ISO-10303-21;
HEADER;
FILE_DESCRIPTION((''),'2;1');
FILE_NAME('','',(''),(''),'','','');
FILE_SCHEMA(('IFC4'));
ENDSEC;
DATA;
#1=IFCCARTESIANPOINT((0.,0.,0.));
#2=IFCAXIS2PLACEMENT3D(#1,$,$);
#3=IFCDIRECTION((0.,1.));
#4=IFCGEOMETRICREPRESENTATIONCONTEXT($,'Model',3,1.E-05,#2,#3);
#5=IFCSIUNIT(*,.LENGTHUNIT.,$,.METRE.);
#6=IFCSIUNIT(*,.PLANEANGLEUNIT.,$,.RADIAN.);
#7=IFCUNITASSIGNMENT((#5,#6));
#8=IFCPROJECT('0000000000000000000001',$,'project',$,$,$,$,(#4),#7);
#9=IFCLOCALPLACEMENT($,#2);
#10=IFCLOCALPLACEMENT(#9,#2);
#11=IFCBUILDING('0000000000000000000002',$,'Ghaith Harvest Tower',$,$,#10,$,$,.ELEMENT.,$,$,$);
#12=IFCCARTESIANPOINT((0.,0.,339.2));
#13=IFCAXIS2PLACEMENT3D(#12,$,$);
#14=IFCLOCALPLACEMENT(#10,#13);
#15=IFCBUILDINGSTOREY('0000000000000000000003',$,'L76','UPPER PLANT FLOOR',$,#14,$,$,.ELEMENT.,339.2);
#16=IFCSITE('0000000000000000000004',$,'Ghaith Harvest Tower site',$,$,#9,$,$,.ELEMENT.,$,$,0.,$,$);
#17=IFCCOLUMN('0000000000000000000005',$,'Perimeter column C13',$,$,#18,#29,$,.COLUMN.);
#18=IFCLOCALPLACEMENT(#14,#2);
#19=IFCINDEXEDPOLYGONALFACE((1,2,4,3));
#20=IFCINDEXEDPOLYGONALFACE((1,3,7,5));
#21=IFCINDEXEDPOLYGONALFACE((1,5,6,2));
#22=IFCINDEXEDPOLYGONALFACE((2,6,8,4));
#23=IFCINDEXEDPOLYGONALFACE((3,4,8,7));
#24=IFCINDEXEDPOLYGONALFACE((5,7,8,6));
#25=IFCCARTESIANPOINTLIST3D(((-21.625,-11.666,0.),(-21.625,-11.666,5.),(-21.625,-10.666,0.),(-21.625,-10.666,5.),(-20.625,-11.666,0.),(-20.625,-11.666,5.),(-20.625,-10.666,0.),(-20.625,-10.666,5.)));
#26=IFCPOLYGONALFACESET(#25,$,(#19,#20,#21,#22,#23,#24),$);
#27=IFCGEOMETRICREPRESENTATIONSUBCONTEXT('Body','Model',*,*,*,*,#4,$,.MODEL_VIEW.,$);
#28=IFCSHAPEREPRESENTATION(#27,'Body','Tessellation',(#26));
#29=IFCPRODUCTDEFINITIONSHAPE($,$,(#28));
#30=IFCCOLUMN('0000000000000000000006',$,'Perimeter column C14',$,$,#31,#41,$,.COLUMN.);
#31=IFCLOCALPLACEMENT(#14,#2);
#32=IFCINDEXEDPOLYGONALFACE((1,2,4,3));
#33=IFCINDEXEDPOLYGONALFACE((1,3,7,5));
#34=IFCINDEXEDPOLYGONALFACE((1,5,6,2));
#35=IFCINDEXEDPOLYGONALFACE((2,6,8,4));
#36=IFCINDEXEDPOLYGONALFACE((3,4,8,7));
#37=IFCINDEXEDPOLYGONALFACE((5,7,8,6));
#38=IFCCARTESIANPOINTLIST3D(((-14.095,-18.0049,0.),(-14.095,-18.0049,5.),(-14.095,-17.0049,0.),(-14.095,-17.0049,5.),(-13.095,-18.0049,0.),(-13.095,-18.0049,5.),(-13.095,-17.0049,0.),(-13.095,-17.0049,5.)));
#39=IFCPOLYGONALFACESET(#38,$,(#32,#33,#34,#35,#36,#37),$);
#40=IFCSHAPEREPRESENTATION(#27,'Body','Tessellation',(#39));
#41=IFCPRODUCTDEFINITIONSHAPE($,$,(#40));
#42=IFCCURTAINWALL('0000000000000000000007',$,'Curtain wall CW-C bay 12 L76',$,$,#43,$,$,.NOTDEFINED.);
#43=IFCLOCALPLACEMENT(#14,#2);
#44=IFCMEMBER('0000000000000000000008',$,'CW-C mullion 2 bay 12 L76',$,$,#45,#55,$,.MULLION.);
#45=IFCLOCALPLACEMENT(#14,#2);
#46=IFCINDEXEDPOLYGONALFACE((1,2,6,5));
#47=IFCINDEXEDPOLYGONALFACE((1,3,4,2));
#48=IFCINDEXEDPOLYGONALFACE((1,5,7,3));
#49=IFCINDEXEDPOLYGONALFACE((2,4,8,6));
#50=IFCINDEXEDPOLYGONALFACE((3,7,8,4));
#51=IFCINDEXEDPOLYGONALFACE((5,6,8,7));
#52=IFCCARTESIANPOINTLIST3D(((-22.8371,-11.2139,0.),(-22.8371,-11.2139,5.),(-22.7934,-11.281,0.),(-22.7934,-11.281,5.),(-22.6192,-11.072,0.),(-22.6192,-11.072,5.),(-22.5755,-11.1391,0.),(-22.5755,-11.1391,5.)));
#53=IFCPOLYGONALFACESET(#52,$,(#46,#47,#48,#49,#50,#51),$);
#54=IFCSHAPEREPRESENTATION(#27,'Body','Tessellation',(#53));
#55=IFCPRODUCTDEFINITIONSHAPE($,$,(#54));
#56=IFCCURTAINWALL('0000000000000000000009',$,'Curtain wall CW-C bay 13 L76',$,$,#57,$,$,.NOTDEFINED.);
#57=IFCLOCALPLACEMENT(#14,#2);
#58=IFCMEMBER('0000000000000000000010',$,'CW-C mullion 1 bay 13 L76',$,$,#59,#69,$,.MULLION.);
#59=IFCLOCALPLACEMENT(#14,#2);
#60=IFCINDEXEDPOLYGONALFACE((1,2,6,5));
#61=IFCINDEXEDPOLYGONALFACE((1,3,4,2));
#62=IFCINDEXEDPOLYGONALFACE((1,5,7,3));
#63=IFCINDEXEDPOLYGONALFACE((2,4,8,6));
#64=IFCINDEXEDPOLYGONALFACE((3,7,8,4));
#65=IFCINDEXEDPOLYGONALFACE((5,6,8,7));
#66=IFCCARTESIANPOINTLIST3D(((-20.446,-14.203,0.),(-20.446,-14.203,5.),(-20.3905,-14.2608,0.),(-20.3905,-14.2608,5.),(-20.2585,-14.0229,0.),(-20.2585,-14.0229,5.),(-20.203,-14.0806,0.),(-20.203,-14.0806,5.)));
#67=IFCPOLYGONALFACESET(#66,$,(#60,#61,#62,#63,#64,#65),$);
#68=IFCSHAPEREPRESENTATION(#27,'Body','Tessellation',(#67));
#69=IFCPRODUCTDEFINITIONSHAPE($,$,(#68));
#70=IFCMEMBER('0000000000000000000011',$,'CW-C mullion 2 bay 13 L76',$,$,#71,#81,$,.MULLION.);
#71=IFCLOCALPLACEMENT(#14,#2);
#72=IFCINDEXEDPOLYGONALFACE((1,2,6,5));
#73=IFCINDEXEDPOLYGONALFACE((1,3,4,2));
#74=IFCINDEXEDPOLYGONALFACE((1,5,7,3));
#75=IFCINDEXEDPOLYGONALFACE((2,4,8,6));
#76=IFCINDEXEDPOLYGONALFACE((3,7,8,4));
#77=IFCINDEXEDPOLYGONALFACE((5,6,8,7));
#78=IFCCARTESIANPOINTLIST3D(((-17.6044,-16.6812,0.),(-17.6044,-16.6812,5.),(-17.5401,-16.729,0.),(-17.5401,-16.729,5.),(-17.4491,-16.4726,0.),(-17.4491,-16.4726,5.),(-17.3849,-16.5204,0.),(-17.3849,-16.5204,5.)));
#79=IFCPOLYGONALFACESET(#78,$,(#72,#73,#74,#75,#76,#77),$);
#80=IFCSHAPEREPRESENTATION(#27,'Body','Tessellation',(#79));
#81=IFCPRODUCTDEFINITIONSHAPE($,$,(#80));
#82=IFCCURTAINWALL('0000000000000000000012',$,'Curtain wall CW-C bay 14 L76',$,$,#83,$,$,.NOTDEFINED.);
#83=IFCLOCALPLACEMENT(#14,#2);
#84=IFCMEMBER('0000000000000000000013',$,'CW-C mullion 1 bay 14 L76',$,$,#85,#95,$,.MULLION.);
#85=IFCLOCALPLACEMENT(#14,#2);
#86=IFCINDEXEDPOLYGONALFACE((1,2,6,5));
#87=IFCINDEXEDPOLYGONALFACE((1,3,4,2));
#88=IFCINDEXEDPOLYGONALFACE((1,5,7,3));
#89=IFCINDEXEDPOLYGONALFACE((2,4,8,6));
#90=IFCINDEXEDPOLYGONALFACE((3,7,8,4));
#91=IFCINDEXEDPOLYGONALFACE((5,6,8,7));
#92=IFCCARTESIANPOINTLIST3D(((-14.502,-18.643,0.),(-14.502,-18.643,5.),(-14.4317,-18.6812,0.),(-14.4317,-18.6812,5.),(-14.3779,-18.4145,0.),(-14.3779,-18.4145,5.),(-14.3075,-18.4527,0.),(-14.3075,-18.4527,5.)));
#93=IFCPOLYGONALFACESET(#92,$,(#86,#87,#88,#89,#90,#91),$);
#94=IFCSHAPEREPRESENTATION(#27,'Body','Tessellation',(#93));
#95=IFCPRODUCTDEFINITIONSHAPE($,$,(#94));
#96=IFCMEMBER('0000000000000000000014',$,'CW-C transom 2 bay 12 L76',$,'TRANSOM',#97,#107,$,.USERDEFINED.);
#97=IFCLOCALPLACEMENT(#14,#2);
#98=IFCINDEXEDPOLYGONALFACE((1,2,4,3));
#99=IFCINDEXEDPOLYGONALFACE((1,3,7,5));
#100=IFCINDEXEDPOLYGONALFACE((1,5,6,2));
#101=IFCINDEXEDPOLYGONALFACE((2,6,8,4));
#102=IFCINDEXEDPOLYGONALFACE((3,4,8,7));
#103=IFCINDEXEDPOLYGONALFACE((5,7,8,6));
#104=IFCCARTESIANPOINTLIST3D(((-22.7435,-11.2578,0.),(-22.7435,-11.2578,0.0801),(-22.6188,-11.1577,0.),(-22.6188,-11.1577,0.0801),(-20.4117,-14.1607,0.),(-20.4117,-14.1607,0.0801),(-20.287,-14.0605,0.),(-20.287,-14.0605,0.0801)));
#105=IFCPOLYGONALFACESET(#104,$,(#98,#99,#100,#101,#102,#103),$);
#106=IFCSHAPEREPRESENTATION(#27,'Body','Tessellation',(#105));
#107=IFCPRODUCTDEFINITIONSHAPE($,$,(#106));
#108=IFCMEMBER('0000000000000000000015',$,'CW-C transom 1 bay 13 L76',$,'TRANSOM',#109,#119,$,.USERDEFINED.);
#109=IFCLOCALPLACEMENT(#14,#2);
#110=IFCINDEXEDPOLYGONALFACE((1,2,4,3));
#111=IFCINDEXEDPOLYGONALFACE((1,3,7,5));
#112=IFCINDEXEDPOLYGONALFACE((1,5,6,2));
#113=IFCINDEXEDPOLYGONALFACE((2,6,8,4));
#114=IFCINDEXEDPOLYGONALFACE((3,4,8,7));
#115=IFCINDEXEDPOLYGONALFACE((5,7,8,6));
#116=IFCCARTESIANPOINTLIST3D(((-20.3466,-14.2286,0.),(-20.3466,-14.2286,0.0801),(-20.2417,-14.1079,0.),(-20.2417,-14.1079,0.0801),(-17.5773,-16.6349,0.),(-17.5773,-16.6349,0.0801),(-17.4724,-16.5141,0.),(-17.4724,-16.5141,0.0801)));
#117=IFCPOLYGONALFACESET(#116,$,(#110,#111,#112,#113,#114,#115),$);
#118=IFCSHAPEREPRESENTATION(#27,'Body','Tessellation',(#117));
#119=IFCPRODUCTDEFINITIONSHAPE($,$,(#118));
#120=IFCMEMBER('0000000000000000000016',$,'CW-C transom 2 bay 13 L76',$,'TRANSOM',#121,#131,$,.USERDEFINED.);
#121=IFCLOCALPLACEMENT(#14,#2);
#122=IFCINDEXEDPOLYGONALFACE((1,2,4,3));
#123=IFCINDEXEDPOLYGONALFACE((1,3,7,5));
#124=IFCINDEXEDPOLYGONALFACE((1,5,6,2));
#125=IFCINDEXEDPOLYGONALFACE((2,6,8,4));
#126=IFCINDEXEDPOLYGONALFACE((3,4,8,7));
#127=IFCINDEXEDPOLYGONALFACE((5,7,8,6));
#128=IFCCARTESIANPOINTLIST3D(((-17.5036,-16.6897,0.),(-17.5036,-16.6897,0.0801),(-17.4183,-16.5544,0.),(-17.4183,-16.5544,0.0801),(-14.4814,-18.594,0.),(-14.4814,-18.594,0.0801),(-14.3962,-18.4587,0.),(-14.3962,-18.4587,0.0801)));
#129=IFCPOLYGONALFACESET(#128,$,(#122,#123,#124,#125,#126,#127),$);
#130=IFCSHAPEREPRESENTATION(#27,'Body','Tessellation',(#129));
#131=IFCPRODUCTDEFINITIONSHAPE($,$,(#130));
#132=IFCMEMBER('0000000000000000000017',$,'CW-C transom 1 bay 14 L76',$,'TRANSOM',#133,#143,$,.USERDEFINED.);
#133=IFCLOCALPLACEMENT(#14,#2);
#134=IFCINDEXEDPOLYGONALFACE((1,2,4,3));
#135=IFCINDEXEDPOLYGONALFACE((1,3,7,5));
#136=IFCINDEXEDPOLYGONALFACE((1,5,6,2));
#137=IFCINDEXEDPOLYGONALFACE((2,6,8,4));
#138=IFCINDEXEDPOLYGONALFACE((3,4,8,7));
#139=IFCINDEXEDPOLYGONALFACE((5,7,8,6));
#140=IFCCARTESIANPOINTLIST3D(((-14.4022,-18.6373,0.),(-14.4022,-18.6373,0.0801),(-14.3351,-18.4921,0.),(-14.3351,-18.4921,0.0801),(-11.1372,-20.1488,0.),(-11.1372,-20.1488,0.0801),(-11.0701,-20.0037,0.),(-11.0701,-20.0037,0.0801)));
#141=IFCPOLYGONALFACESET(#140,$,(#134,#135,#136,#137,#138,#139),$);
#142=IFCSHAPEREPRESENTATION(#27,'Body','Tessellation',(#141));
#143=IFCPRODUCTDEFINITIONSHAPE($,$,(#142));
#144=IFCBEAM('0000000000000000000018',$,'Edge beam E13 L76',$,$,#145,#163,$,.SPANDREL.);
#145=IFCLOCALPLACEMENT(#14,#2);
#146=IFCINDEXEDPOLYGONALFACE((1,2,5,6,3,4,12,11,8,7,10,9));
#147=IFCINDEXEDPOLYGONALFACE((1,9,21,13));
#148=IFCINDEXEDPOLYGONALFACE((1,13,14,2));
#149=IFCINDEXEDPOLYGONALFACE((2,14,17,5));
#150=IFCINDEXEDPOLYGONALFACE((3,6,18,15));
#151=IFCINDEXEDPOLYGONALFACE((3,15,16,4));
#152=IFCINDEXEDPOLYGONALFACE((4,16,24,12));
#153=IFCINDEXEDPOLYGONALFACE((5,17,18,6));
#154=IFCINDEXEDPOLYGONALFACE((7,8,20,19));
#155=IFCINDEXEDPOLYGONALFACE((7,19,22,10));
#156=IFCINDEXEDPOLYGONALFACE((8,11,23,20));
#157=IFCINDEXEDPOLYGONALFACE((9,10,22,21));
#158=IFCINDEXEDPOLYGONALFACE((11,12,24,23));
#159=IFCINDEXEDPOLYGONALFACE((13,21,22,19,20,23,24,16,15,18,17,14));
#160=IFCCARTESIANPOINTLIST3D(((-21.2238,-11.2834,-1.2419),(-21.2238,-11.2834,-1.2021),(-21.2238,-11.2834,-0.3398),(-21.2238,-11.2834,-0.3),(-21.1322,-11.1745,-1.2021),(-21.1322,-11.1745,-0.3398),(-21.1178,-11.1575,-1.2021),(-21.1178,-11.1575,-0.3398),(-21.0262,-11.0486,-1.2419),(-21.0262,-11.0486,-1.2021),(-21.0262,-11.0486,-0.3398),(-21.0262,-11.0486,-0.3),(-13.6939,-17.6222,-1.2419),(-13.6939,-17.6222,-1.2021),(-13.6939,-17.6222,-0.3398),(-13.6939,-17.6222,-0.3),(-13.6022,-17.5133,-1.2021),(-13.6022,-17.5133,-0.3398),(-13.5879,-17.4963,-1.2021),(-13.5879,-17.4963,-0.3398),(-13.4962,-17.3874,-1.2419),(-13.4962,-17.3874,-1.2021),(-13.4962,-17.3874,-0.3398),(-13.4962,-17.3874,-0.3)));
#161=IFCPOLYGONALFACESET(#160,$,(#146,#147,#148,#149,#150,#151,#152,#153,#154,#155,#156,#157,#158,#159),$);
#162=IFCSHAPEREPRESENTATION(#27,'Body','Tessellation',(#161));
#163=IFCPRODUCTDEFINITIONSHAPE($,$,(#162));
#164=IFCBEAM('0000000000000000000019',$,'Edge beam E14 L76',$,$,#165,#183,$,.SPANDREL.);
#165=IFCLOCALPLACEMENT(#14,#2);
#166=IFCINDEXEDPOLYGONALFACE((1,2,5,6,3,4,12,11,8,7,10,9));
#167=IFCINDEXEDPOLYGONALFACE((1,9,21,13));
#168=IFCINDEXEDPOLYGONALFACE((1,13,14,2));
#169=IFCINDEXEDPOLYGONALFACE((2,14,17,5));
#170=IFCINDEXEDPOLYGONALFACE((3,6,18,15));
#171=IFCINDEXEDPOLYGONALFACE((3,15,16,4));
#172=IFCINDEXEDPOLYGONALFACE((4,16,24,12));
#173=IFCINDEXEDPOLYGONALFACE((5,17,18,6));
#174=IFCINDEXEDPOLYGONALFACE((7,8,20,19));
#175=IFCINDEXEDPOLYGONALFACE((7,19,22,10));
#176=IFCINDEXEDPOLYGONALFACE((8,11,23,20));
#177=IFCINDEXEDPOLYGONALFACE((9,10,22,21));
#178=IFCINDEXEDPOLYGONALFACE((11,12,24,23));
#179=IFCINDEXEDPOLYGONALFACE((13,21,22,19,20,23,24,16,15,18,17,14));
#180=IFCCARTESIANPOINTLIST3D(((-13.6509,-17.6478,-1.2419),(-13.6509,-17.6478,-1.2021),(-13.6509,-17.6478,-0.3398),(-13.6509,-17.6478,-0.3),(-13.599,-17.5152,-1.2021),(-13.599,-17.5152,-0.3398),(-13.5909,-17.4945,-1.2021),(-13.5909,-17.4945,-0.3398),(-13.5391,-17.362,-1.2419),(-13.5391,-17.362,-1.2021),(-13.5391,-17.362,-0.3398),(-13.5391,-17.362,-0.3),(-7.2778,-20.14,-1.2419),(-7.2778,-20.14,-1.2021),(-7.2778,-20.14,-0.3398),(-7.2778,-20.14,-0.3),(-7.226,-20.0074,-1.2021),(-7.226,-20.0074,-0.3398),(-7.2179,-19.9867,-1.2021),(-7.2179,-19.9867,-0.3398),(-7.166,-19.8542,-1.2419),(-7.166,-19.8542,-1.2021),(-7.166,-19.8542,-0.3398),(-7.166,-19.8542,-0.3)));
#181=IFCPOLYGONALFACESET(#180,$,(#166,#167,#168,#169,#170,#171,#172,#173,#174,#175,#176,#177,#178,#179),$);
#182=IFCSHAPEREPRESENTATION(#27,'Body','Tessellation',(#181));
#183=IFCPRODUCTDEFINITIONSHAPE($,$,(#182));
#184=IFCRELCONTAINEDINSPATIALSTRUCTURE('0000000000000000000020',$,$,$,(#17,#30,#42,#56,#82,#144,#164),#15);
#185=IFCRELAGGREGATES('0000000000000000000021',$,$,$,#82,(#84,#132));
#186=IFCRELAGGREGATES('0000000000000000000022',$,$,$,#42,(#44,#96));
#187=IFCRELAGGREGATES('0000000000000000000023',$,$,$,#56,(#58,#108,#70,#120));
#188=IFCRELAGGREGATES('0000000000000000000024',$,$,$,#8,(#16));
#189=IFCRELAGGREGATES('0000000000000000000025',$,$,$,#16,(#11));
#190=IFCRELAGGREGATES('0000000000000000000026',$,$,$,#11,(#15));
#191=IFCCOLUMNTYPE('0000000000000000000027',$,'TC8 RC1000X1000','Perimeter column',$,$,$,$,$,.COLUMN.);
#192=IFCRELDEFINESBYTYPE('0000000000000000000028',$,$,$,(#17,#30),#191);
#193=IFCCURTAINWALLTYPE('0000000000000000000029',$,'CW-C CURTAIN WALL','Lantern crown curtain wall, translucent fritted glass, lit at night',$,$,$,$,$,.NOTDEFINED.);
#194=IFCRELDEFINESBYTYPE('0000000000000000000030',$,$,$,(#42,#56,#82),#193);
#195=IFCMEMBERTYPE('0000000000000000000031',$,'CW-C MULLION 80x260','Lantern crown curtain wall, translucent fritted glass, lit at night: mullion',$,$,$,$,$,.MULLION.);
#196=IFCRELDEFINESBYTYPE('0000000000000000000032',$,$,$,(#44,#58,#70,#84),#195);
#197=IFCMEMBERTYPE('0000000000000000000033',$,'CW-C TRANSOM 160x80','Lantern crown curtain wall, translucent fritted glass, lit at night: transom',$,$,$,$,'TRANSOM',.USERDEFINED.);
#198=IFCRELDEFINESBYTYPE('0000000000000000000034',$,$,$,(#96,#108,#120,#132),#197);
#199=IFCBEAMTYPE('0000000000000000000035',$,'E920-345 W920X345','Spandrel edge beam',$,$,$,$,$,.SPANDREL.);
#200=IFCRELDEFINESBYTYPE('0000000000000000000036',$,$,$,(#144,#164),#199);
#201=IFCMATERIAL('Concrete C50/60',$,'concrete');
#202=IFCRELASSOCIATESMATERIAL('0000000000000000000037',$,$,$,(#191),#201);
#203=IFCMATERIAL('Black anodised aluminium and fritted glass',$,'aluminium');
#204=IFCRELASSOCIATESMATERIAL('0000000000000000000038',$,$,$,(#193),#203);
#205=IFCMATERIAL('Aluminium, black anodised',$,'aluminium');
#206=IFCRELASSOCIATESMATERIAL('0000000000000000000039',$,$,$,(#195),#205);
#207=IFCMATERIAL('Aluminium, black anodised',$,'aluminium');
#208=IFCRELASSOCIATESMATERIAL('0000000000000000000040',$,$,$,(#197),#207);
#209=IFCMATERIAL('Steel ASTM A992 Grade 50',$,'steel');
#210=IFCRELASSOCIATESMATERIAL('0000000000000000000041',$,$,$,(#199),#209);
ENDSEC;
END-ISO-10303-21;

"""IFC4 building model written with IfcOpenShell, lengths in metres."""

from ifc_helpers import new_model, si_unit, direction, frame, origin, origin_2d, place, context, subcontext, project, spatial, rectangle, i_section, extrude, material, material_profile, profile_set, type_object, element, aggregate, save


model = new_model("IFC4")

# Units and contexts
model_context = context("Model", 3, precision=1e-05, world=origin(), true_north=direction((0.0, 1.0)))
body_context = subcontext(model_context, "Body", "Model", "MODEL_VIEW")
ifc_project = project(units=[si_unit("LENGTHUNIT", "METRE"), si_unit("PLANEANGLEUNIT", "RADIAN")], contexts=[model_context])

# Site, building, storey
site_placement = place(None, origin())
site = spatial("IfcSite", under=ifc_project, at=site_placement, Name="Ghaith Harvest Tower site", CompositionType="ELEMENT", RefElevation=0.0)
building_placement = place(site_placement, origin())
building = spatial("IfcBuilding", under=site, at=building_placement, Name="Ghaith Harvest Tower", CompositionType="ELEMENT")
storey_placement = place(building_placement, frame((0.0, 0.0, 339.2)))
storey = spatial("IfcBuildingStorey", under=building, at=storey_placement, Name="L76", Description="UPPER PLANT FLOOR", CompositionType="ELEMENT", Elevation=339.2)

# Columns
ifc_material_1 = material(Name="Concrete C50/60", Category="concrete")
ifc_material_profile_1 = material_profile(ifc_material_1, rectangle(XDim=1.0, YDim=1.0, at=origin_2d()), Name="RC1000X1000")
ifc_profile_set_1 = profile_set([ifc_material_profile_1], Name="Concrete C50/60")
column_type = type_object("IfcColumnType", Name="TC8 RC1000X1000", Description="Perimeter column", PredefinedType="COLUMN", material=ifc_profile_set_1)
for number, where, z_axis, x_axis, name in (
    (1, (-21.125, -11.166, 0.0), (0.0, 0.0, 1.0), (1.0, 0.0, 0.0), "Perimeter column C13"),
    (2, (-13.595, -17.5049, 0.0), (0.0, 0.0, 1.0), (1.0, 0.0, 0.0), "Perimeter column C14"),
):
    element("IfcColumn", number, at=place(storey_placement, frame(where, z_axis=z_axis, x_axis=x_axis)), inside=storey, type_object=column_type, Name=name, PredefinedType="COLUMN", context=body_context, shape_type="SweptSolid", body=[
        extrude(rectangle(XDim=1.0, YDim=1.0, at=origin_2d()), origin(), (0.0, 0.0, 1.0), 5.0),
    ])

# Curtain wall, member
ifc_material_2 = material(Name="Black anodised aluminium and fritted glass", Category="aluminium")
curtain_wall_type = type_object("IfcCurtainWallType", Name="CW-C CURTAIN WALL", Description="Lantern crown curtain wall, translucent fritted glass, lit at night", PredefinedType="NOTDEFINED", material=ifc_material_2)
curtain_wall_1_placement = place(storey_placement, origin())
curtain_wall_1 = element("IfcCurtainWall", 3, at=curtain_wall_1_placement, inside=storey, type_object=curtain_wall_type, Name="Curtain wall CW-C bay 12 L76", PredefinedType="NOTDEFINED")
ifc_material_3 = material(Name="Aluminium, black anodised", Category="aluminium")
ifc_material_profile_2 = material_profile(ifc_material_3, rectangle(XDim=0.0801, YDim=0.26, at=origin_2d()), Name="CW-C MULLION 80x260")
ifc_profile_set_2 = profile_set([ifc_material_profile_2], Name="Aluminium, black anodised")
member_type_1 = type_object("IfcMemberType", Name="CW-C MULLION 80x260", Description="Lantern crown curtain wall, translucent fritted glass, lit at night: mullion", PredefinedType="MULLION", material=ifc_profile_set_2)
member_1_placement = place(storey_placement, frame((-22.7063, -11.1765, 0.0), z_axis=(0.0, 0.0, 1.0), x_axis=(0.545865, -0.837873, 0.0)))
member_1 = element("IfcMember", 4, at=member_1_placement, type_object=member_type_1, Name="CW-C mullion 2 bay 12 L76", PredefinedType="MULLION", context=body_context, shape_type="SweptSolid", body=[
    extrude(rectangle(XDim=0.0801, YDim=0.26, at=origin_2d()), origin(), (0.0, 0.0, 1.0), 5.0),
])

# Curtain wall, members
curtain_wall_2_placement = place(storey_placement, origin())
curtain_wall_2 = element("IfcCurtainWall", 5, at=curtain_wall_2_placement, inside=storey, type_object=curtain_wall_type, Name="Curtain wall CW-C bay 13 L76", PredefinedType="NOTDEFINED")
member_2_placement = place(storey_placement, frame((-20.3245, -14.1418, 0.0), z_axis=(0.0, 0.0, 1.0), x_axis=(0.692826, -0.721104, 0.0)))
member_2 = element("IfcMember", 6, at=member_2_placement, type_object=member_type_1, Name="CW-C mullion 1 bay 13 L76", PredefinedType="MULLION", context=body_context, shape_type="SweptSolid", body=[
    extrude(rectangle(XDim=0.0801, YDim=0.26, at=origin_2d()), origin(), (0.0, 0.0, 1.0), 5.0),
])
member_3_placement = place(storey_placement, frame((-17.4946, -16.6008, 0.0), z_axis=(0.0, 0.0, 1.0), x_axis=(0.80219, -0.597069, 0.0)))
member_3 = element("IfcMember", 7, at=member_3_placement, type_object=member_type_1, Name="CW-C mullion 2 bay 13 L76", PredefinedType="MULLION", context=body_context, shape_type="SweptSolid", body=[
    extrude(rectangle(XDim=0.0801, YDim=0.26, at=origin_2d()), origin(), (0.0, 0.0, 1.0), 5.0),
])

# Curtain wall, member
curtain_wall_3_placement = place(storey_placement, origin())
curtain_wall_3 = element("IfcCurtainWall", 8, at=curtain_wall_3_placement, inside=storey, type_object=curtain_wall_type, Name="Curtain wall CW-C bay 14 L76", PredefinedType="NOTDEFINED")
member_4_placement = place(storey_placement, frame((-14.4048, -18.5479, 0.0), z_axis=(0.0, 0.0, 1.0), x_axis=(0.878672, -0.477426, 0.0)))
member_4 = element("IfcMember", 9, at=member_4_placement, type_object=member_type_1, Name="CW-C mullion 1 bay 14 L76", PredefinedType="MULLION", context=body_context, shape_type="SweptSolid", body=[
    extrude(rectangle(XDim=0.0801, YDim=0.26, at=origin_2d()), origin(), (0.0, 0.0, 1.0), 5.0),
])

# Members
ifc_material_4 = material(Name="Aluminium, black anodised", Category="aluminium")
ifc_material_profile_3 = material_profile(ifc_material_4, rectangle(XDim=0.1599, YDim=0.0801, at=origin_2d()), Name="CW-C TRANSOM 160x80")
ifc_profile_set_3 = profile_set([ifc_material_profile_3], Name="Aluminium, black anodised")
member_type_2 = type_object("IfcMemberType", Name="CW-C TRANSOM 160x80", Description="Lantern crown curtain wall, translucent fritted glass, lit at night: transom", ElementType="TRANSOM", PredefinedType="USERDEFINED", material=ifc_profile_set_3)
member_5_placement = place(storey_placement, frame((-22.6812, -11.2078, 0.04), z_axis=(0.626253, -0.77962, 0.0), x_axis=(0.77962, 0.626253, 0.0)))
member_5 = element("IfcMember", 10, at=member_5_placement, type_object=member_type_2, Name="CW-C transom 2 bay 12 L76", ObjectType="TRANSOM", PredefinedType="USERDEFINED", context=body_context, shape_type="SweptSolid", body=[
    extrude(rectangle(XDim=0.1599, YDim=0.0801, at=origin_2d()), origin(), (0.0, 0.0, 1.0), 3.7234),
])
member_6_placement = place(storey_placement, frame((-20.2942, -14.1682, 0.04), z_axis=(0.754852, -0.655895, 0.0), x_axis=(0.655895, 0.754852, 0.0)))
member_6 = element("IfcMember", 11, at=member_6_placement, type_object=member_type_2, Name="CW-C transom 1 bay 13 L76", ObjectType="TRANSOM", PredefinedType="USERDEFINED", context=body_context, shape_type="SweptSolid", body=[
    extrude(rectangle(XDim=0.1599, YDim=0.0801, at=origin_2d()), origin(), (0.0, 0.0, 1.0), 3.6687),
])
member_7_placement = place(storey_placement, frame((-17.4609, -16.6221, 0.04), z_axis=(0.846054, -0.533098, 0.0), x_axis=(0.533098, 0.846054, 0.0)))
member_7 = element("IfcMember", 12, at=member_7_placement, type_object=member_type_2, Name="CW-C transom 2 bay 13 L76", ObjectType="TRANSOM", PredefinedType="USERDEFINED", context=body_context, shape_type="SweptSolid", body=[
    extrude(rectangle(XDim=0.1599, YDim=0.0801, at=origin_2d()), origin(), (0.0, 0.0, 1.0), 3.572),
])
member_8_placement = place(storey_placement, frame((-14.3687, -18.5647, 0.04), z_axis=(0.907472, -0.420112, 0.0), x_axis=(0.420112, 0.907472, 0.0)))
member_8 = element("IfcMember", 13, at=member_8_placement, type_object=member_type_2, Name="CW-C transom 1 bay 14 L76", ObjectType="TRANSOM", PredefinedType="USERDEFINED", context=body_context, shape_type="SweptSolid", body=[
    extrude(rectangle(XDim=0.1599, YDim=0.0801, at=origin_2d()), origin(), (0.0, 0.0, 1.0), 3.5979),
])
aggregate(curtain_wall_3, [member_4, member_8])

# Beams
ifc_material_5 = material(Name="Steel ASTM A992 Grade 50", Category="steel")
ifc_material_profile_4 = material_profile(ifc_material_5, i_section(OverallWidth=0.3069, OverallDepth=0.9419, WebThickness=0.0222, FlangeThickness=0.0398, at=origin_2d()), Name="W920X345")
ifc_profile_set_4 = profile_set([ifc_material_profile_4], Name="Steel ASTM A992 Grade 50")
beam_type = type_object("IfcBeamType", Name="E920-345 W920X345", Description="Spandrel edge beam", PredefinedType="SPANDREL", material=ifc_profile_set_4)
beam_1_placement = place(storey_placement, frame((-21.125, -11.166, -0.771), z_axis=(0.765022, -0.644004, 0.0), x_axis=(0.644004, 0.765022, 0.0)))
element("IfcBeam", 14, at=beam_1_placement, inside=storey, type_object=beam_type, Name="Edge beam E13 L76", PredefinedType="SPANDREL", context=body_context, shape_type="SweptSolid", body=[
    extrude(i_section(OverallWidth=0.3069, OverallDepth=0.9419, WebThickness=0.0222, FlangeThickness=0.0398, at=origin_2d()), origin(), (0.0, 0.0, 1.0), 9.8428),
])
beam_2_placement = place(storey_placement, frame((-13.595, -17.5049, -0.771), z_axis=(0.931323, -0.364195, 0.0), x_axis=(0.364195, 0.931323, 0.0)))
element("IfcBeam", 15, at=beam_2_placement, inside=storey, type_object=beam_type, Name="Edge beam E14 L76", PredefinedType="SPANDREL", context=body_context, shape_type="SweptSolid", body=[
    extrude(i_section(OverallWidth=0.3069, OverallDepth=0.9419, WebThickness=0.0222, FlangeThickness=0.0398, at=origin_2d()), origin(), (0.0, 0.0, 1.0), 6.843),
])

aggregate(curtain_wall_1, [member_1, member_5])
aggregate(curtain_wall_2, [member_2, member_6, member_3, member_7])

save(model, "model.ifc")
